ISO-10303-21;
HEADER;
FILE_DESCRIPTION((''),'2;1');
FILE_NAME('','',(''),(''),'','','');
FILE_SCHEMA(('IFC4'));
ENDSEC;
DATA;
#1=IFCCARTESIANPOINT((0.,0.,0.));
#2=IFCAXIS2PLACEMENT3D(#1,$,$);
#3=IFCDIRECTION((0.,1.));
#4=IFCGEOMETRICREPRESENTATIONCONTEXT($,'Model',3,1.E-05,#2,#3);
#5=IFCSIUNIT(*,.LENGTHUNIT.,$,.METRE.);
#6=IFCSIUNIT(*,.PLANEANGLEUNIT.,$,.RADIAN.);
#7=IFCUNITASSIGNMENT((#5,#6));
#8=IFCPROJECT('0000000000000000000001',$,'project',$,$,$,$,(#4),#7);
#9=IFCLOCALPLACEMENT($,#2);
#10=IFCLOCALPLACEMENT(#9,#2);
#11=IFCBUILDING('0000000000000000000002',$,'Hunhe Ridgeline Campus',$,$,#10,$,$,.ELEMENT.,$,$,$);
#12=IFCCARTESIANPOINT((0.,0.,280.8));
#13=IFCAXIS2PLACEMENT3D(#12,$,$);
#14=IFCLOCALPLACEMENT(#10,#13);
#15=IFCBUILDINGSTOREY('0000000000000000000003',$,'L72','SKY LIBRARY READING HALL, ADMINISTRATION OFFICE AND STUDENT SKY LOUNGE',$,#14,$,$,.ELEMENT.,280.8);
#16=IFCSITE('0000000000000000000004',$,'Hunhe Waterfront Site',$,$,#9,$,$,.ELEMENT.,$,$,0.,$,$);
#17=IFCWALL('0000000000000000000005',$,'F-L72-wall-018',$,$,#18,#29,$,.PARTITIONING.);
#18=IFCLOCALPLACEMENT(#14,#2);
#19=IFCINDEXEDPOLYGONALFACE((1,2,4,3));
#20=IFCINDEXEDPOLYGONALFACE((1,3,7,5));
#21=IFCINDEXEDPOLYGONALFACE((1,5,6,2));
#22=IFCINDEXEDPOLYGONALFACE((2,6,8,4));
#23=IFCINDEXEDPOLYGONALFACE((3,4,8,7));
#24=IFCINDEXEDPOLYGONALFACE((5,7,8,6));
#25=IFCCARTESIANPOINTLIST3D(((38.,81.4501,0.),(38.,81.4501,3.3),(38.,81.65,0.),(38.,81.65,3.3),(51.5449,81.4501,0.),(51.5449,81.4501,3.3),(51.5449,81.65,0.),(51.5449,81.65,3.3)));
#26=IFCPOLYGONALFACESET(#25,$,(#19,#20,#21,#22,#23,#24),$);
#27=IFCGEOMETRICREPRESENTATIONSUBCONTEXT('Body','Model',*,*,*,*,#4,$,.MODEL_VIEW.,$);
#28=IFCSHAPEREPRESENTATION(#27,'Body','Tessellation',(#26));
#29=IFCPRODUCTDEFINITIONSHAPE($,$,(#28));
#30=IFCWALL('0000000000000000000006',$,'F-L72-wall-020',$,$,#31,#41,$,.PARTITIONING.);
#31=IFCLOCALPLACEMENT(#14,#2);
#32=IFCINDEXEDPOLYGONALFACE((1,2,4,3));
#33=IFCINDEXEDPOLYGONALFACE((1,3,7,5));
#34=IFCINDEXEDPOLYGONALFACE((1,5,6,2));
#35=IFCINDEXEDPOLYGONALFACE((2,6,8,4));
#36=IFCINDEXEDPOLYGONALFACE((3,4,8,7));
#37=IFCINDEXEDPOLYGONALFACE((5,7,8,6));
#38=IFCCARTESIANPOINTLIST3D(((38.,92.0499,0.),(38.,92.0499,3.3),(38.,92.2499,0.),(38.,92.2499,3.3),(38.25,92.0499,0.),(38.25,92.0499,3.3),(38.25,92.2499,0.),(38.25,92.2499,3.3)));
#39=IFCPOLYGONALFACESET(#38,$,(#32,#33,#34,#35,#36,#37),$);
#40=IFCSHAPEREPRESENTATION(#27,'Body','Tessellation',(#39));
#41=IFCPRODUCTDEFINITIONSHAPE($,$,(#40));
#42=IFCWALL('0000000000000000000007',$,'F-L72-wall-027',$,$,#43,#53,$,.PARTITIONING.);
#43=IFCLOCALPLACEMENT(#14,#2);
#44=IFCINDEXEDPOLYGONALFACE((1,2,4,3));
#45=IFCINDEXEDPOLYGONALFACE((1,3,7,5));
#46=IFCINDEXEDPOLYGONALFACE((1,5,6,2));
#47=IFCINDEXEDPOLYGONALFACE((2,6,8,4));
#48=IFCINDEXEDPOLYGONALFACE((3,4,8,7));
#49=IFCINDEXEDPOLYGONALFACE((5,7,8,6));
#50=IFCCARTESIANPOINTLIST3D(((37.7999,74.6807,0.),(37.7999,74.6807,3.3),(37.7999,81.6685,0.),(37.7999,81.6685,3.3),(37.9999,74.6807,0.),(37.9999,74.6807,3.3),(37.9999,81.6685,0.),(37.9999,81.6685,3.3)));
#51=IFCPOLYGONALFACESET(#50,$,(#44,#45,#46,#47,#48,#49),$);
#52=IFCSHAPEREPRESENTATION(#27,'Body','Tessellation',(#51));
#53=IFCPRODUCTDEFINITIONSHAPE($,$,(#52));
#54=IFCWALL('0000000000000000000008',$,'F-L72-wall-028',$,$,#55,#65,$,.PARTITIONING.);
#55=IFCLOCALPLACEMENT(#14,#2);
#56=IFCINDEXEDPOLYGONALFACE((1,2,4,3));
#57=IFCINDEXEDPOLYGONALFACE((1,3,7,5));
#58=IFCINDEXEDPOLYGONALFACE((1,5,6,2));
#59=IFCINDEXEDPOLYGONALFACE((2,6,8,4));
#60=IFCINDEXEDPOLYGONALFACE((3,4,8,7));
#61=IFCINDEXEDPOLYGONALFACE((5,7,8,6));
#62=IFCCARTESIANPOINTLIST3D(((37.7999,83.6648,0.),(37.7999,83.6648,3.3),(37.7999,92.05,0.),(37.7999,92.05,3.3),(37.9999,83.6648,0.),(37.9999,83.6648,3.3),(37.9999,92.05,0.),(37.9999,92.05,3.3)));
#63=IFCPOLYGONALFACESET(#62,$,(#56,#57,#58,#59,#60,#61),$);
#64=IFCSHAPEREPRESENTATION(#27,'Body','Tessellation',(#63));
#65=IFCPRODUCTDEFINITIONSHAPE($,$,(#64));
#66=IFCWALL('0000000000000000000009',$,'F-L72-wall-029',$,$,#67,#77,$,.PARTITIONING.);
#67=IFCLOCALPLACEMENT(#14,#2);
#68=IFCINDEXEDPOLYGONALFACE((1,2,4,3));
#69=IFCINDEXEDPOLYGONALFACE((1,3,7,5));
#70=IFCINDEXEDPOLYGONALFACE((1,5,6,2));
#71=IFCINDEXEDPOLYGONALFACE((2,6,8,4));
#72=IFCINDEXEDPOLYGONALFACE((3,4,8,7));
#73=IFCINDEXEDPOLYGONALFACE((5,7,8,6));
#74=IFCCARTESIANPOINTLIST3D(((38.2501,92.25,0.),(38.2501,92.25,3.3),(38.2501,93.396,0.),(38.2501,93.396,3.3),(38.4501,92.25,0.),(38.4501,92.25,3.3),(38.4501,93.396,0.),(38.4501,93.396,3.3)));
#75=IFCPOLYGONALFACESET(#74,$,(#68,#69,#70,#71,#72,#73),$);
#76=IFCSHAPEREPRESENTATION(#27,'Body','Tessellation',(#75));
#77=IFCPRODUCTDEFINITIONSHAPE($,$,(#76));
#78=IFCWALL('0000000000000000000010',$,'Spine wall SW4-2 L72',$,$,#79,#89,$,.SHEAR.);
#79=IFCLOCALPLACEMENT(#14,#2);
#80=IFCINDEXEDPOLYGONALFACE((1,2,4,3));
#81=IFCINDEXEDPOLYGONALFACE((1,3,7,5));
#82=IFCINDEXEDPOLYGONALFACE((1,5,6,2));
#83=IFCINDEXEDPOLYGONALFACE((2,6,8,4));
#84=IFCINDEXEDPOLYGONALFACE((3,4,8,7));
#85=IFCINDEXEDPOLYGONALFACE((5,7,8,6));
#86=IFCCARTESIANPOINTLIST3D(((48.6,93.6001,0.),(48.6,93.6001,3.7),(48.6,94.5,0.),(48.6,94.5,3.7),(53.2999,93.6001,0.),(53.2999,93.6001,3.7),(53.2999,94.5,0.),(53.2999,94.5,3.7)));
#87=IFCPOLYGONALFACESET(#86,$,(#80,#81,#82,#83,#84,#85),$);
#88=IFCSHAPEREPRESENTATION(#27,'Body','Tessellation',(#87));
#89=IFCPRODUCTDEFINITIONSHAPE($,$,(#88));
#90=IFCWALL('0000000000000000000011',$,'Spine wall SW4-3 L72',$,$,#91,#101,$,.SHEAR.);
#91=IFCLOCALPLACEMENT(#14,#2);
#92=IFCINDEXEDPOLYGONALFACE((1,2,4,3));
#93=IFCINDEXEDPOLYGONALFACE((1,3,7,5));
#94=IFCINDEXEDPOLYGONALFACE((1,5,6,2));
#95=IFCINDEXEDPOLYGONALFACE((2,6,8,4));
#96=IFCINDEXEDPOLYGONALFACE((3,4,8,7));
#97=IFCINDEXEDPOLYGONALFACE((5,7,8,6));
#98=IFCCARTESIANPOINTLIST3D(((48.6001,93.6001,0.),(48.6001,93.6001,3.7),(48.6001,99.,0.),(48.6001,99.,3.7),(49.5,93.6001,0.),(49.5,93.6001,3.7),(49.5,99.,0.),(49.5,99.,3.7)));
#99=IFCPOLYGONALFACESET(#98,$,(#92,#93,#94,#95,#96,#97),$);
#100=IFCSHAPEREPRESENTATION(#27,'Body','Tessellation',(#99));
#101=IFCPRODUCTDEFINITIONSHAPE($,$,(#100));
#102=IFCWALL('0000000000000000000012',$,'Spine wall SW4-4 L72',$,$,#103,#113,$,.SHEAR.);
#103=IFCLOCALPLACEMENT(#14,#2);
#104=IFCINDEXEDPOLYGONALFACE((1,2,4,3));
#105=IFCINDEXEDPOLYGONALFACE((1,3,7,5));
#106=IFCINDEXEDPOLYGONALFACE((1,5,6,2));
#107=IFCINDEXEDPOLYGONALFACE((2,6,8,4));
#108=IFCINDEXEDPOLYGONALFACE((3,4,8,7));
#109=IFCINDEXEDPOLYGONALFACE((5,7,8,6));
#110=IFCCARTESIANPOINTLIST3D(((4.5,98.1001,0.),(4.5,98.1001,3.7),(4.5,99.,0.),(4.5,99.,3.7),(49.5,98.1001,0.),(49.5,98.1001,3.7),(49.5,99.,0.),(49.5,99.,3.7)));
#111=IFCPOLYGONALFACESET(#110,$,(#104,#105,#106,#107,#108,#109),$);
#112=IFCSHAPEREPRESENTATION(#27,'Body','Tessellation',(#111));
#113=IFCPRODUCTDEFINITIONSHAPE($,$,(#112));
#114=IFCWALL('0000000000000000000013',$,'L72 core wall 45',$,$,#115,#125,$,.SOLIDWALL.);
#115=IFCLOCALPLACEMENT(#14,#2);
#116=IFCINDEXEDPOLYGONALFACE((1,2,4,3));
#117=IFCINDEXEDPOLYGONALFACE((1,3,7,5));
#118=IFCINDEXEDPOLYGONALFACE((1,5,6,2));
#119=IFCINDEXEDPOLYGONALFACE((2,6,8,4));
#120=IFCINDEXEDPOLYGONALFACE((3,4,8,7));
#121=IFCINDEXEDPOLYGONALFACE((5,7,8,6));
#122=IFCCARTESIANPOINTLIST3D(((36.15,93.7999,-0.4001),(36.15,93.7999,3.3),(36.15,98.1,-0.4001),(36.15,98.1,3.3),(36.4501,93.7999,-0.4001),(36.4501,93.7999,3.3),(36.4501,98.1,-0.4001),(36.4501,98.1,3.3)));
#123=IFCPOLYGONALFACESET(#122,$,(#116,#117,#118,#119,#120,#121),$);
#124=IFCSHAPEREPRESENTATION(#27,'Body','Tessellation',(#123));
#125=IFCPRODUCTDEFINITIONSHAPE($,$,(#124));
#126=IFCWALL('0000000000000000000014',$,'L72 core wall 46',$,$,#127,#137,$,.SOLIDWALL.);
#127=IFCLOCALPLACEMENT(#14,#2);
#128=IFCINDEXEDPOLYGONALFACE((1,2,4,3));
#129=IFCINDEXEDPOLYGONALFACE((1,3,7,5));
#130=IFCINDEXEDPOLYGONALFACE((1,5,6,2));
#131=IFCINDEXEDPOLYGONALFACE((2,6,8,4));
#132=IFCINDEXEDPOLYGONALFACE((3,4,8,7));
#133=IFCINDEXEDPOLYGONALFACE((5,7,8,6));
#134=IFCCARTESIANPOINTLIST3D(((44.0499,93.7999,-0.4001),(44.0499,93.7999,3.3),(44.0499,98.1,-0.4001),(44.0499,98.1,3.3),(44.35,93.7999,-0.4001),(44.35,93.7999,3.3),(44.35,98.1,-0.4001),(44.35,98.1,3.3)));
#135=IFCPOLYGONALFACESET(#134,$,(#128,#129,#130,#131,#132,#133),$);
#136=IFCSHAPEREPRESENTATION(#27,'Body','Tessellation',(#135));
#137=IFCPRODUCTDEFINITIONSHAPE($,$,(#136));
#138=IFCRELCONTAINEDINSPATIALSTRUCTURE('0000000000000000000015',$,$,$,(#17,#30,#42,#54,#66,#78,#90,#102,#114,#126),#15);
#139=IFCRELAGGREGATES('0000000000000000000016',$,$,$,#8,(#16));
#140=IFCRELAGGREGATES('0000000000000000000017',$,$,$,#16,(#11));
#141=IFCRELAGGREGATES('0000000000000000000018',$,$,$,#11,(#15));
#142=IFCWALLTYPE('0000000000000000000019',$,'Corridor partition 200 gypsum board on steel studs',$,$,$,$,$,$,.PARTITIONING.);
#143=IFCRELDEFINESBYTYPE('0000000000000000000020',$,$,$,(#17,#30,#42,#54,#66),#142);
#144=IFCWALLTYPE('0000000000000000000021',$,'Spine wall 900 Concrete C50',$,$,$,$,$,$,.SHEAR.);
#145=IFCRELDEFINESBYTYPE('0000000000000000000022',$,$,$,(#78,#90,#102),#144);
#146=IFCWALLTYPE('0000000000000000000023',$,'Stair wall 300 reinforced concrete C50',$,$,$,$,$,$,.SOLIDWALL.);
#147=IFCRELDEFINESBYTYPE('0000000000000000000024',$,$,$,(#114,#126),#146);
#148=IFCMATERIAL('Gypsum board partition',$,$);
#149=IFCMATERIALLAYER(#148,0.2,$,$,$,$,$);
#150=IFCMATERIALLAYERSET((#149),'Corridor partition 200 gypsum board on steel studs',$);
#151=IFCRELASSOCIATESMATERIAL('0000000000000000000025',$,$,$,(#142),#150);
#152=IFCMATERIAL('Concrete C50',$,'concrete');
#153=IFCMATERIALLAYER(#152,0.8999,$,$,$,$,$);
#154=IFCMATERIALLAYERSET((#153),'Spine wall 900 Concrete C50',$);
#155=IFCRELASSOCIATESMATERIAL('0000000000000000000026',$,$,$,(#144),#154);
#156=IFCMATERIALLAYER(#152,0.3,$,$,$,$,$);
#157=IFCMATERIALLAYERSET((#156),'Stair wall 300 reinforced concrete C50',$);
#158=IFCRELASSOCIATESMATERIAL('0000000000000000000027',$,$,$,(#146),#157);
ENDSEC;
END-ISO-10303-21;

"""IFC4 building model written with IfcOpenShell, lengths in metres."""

from ifc_helpers import new_model, si_unit, direction, frame, frame_2d, origin, place, context, subcontext, project, spatial, rectangle, extrude, material, layer, layer_set, type_object, element, save


model = new_model("IFC4")

# Units and contexts
model_context = context("Model", 3, precision=1e-05, world=origin(), true_north=direction((0.0, 1.0)))
body_context = subcontext(model_context, "Body", "Model", "MODEL_VIEW")
ifc_project = project(units=[si_unit("LENGTHUNIT", "METRE"), si_unit("PLANEANGLEUNIT", "RADIAN")], contexts=[model_context])

# Site, building, storey
site_placement = place(None, origin())
site = spatial("IfcSite", under=ifc_project, at=site_placement, Name="Hunhe Waterfront Site", CompositionType="ELEMENT", RefElevation=0.0)
building_placement = place(site_placement, origin())
building = spatial("IfcBuilding", under=site, at=building_placement, Name="Hunhe Ridgeline Campus", CompositionType="ELEMENT")
storey_placement = place(building_placement, frame((0.0, 0.0, 280.8)))
storey = spatial("IfcBuildingStorey", under=building, at=storey_placement, Name="L72", Description="SKY LIBRARY READING HALL, ADMINISTRATION OFFICE AND STUDENT SKY LOUNGE", CompositionType="ELEMENT", Elevation=280.8)

# Shared definitions
ifc_material_1 = material(Name="Concrete C50", Category="concrete")

# Wall
ifc_material_2 = material(Name="Gypsum board partition")
ifc_layer_1 = layer(ifc_material_2, 0.2)
ifc_layer_set_1 = layer_set([ifc_layer_1], Name="Corridor partition 200 gypsum board on steel studs")
wall_type_1 = type_object("IfcWallType", Name="Corridor partition 200 gypsum board on steel studs", PredefinedType="PARTITIONING", material=ifc_layer_set_1)
wall_1_placement = place(storey_placement, frame((51.5449, 81.55, 0.0), z_axis=(0.0, 0.0, 1.0), x_axis=(-1.0, 0.0, 0.0)))
element("IfcWall", 1, at=wall_1_placement, inside=storey, type_object=wall_type_1, Name="F-L72-wall-018", PredefinedType="PARTITIONING", context=body_context, shape_type="SweptSolid", body=[
    extrude(rectangle(XDim=13.5449, YDim=0.2, at=frame_2d((6.7725, 0.0))), origin(), (0.0, 0.0, 1.0), 3.3),
])

# Walls
wall_2_placement = place(storey_placement, frame((38.25, 92.1499, 0.0), z_axis=(0.0, 0.0, 1.0), x_axis=(-1.0, 0.0, 0.0)))
element("IfcWall", 2, at=wall_2_placement, inside=storey, type_object=wall_type_1, Name="F-L72-wall-020", PredefinedType="PARTITIONING", context=body_context, shape_type="SweptSolid", body=[
    extrude(rectangle(XDim=0.25, YDim=0.2, at=frame_2d((0.125, 0.0))), origin(), (0.0, 0.0, 1.0), 3.3),
])
wall_3_placement = place(storey_placement, frame((37.8999, 81.6685, 0.0), z_axis=(0.0, 0.0, 1.0), x_axis=(0.0, -1.0, 0.0)))
element("IfcWall", 3, at=wall_3_placement, inside=storey, type_object=wall_type_1, Name="F-L72-wall-027", PredefinedType="PARTITIONING", context=body_context, shape_type="SweptSolid", body=[
    extrude(rectangle(XDim=6.9878, YDim=0.2, at=frame_2d((3.4939, 0.0))), origin(), (0.0, 0.0, 1.0), 3.3),
])
wall_4_placement = place(storey_placement, frame((37.8999, 92.05, 0.0), z_axis=(0.0, 0.0, 1.0), x_axis=(0.0, -1.0, 0.0)))
element("IfcWall", 4, at=wall_4_placement, inside=storey, type_object=wall_type_1, Name="F-L72-wall-028", PredefinedType="PARTITIONING", context=body_context, shape_type="SweptSolid", body=[
    extrude(rectangle(XDim=8.3853, YDim=0.2, at=frame_2d((4.1926, 0.0))), origin(), (0.0, 0.0, 1.0), 3.3),
])
wall_5_placement = place(storey_placement, frame((38.3501, 93.396, 0.0), z_axis=(0.0, 0.0, 1.0), x_axis=(0.0, -1.0, 0.0)))
element("IfcWall", 5, at=wall_5_placement, inside=storey, type_object=wall_type_1, Name="F-L72-wall-029", PredefinedType="PARTITIONING", context=body_context, shape_type="SweptSolid", body=[
    extrude(rectangle(XDim=1.146, YDim=0.2, at=frame_2d((0.573, 0.0))), origin(), (0.0, 0.0, 1.0), 3.3),
])
ifc_layer_2 = layer(ifc_material_1, 0.8999)
ifc_layer_set_2 = layer_set([ifc_layer_2], Name="Spine wall 900 Concrete C50")
wall_type_2 = type_object("IfcWallType", Name="Spine wall 900 Concrete C50", PredefinedType="SHEAR", material=ifc_layer_set_2)
wall_6_placement = place(storey_placement, frame((53.3, 94.05, 0.0), z_axis=(0.0, 0.0, 1.0), x_axis=(-1.0, 0.0, 0.0)))
element("IfcWall", 6, at=wall_6_placement, inside=storey, type_object=wall_type_2, Name="Spine wall SW4-2 L72", PredefinedType="SHEAR", context=body_context, shape_type="SweptSolid", body=[
    extrude(rectangle(XDim=4.7, YDim=0.8999, at=frame_2d((2.3501, 0.0))), origin(), (0.0, 0.0, 1.0), 3.7),
])
wall_7_placement = place(storey_placement, frame((49.05, 93.6001, 0.0), z_axis=(0.0, 0.0, 1.0), x_axis=(0.0, 1.0, 0.0)))
element("IfcWall", 7, at=wall_7_placement, inside=storey, type_object=wall_type_2, Name="Spine wall SW4-3 L72", PredefinedType="SHEAR", context=body_context, shape_type="SweptSolid", body=[
    extrude(rectangle(XDim=5.3999, YDim=0.8999, at=frame_2d((2.7, 0.0))), origin(), (0.0, 0.0, 1.0), 3.7),
])
wall_8_placement = place(storey_placement, frame((49.5, 98.55, 0.0), z_axis=(0.0, 0.0, 1.0), x_axis=(-1.0, 0.0, 0.0)))
element("IfcWall", 8, at=wall_8_placement, inside=storey, type_object=wall_type_2, Name="Spine wall SW4-4 L72", PredefinedType="SHEAR", context=body_context, shape_type="SweptSolid", body=[
    extrude(rectangle(XDim=45.0, YDim=0.8999, at=frame_2d((22.5, 0.0))), origin(), (0.0, 0.0, 1.0), 3.7),
])

# Shared definitions
ifc_layer_3 = layer(ifc_material_1, 0.3)
ifc_layer_set_3 = layer_set([ifc_layer_3], Name="Stair wall 300 reinforced concrete C50")
wall_type_3 = type_object("IfcWallType", Name="Stair wall 300 reinforced concrete C50", PredefinedType="SOLIDWALL", material=ifc_layer_set_3)

# Walls
for number, where, z_axis, x_axis, name in (
    (9, (36.3, 93.8, -0.4001), (0.0, 0.0, 1.0), (0.0, 1.0, 0.0), "L72 core wall 45"),
    (10, (44.2, 93.8, -0.4001), (0.0, 0.0, 1.0), (0.0, 1.0, 0.0), "L72 core wall 46"),
):
    element("IfcWall", number, at=place(storey_placement, frame(where, z_axis=z_axis, x_axis=x_axis)), inside=storey, type_object=wall_type_3, Name=name, PredefinedType="SOLIDWALL", context=body_context, shape_type="SweptSolid", body=[
        extrude(rectangle(XDim=4.3, YDim=0.3, at=frame_2d((2.1499, 0.0))), origin(), (0.0, 0.0, 1.0), 3.7002),
    ])

save(model, "model.ifc")
